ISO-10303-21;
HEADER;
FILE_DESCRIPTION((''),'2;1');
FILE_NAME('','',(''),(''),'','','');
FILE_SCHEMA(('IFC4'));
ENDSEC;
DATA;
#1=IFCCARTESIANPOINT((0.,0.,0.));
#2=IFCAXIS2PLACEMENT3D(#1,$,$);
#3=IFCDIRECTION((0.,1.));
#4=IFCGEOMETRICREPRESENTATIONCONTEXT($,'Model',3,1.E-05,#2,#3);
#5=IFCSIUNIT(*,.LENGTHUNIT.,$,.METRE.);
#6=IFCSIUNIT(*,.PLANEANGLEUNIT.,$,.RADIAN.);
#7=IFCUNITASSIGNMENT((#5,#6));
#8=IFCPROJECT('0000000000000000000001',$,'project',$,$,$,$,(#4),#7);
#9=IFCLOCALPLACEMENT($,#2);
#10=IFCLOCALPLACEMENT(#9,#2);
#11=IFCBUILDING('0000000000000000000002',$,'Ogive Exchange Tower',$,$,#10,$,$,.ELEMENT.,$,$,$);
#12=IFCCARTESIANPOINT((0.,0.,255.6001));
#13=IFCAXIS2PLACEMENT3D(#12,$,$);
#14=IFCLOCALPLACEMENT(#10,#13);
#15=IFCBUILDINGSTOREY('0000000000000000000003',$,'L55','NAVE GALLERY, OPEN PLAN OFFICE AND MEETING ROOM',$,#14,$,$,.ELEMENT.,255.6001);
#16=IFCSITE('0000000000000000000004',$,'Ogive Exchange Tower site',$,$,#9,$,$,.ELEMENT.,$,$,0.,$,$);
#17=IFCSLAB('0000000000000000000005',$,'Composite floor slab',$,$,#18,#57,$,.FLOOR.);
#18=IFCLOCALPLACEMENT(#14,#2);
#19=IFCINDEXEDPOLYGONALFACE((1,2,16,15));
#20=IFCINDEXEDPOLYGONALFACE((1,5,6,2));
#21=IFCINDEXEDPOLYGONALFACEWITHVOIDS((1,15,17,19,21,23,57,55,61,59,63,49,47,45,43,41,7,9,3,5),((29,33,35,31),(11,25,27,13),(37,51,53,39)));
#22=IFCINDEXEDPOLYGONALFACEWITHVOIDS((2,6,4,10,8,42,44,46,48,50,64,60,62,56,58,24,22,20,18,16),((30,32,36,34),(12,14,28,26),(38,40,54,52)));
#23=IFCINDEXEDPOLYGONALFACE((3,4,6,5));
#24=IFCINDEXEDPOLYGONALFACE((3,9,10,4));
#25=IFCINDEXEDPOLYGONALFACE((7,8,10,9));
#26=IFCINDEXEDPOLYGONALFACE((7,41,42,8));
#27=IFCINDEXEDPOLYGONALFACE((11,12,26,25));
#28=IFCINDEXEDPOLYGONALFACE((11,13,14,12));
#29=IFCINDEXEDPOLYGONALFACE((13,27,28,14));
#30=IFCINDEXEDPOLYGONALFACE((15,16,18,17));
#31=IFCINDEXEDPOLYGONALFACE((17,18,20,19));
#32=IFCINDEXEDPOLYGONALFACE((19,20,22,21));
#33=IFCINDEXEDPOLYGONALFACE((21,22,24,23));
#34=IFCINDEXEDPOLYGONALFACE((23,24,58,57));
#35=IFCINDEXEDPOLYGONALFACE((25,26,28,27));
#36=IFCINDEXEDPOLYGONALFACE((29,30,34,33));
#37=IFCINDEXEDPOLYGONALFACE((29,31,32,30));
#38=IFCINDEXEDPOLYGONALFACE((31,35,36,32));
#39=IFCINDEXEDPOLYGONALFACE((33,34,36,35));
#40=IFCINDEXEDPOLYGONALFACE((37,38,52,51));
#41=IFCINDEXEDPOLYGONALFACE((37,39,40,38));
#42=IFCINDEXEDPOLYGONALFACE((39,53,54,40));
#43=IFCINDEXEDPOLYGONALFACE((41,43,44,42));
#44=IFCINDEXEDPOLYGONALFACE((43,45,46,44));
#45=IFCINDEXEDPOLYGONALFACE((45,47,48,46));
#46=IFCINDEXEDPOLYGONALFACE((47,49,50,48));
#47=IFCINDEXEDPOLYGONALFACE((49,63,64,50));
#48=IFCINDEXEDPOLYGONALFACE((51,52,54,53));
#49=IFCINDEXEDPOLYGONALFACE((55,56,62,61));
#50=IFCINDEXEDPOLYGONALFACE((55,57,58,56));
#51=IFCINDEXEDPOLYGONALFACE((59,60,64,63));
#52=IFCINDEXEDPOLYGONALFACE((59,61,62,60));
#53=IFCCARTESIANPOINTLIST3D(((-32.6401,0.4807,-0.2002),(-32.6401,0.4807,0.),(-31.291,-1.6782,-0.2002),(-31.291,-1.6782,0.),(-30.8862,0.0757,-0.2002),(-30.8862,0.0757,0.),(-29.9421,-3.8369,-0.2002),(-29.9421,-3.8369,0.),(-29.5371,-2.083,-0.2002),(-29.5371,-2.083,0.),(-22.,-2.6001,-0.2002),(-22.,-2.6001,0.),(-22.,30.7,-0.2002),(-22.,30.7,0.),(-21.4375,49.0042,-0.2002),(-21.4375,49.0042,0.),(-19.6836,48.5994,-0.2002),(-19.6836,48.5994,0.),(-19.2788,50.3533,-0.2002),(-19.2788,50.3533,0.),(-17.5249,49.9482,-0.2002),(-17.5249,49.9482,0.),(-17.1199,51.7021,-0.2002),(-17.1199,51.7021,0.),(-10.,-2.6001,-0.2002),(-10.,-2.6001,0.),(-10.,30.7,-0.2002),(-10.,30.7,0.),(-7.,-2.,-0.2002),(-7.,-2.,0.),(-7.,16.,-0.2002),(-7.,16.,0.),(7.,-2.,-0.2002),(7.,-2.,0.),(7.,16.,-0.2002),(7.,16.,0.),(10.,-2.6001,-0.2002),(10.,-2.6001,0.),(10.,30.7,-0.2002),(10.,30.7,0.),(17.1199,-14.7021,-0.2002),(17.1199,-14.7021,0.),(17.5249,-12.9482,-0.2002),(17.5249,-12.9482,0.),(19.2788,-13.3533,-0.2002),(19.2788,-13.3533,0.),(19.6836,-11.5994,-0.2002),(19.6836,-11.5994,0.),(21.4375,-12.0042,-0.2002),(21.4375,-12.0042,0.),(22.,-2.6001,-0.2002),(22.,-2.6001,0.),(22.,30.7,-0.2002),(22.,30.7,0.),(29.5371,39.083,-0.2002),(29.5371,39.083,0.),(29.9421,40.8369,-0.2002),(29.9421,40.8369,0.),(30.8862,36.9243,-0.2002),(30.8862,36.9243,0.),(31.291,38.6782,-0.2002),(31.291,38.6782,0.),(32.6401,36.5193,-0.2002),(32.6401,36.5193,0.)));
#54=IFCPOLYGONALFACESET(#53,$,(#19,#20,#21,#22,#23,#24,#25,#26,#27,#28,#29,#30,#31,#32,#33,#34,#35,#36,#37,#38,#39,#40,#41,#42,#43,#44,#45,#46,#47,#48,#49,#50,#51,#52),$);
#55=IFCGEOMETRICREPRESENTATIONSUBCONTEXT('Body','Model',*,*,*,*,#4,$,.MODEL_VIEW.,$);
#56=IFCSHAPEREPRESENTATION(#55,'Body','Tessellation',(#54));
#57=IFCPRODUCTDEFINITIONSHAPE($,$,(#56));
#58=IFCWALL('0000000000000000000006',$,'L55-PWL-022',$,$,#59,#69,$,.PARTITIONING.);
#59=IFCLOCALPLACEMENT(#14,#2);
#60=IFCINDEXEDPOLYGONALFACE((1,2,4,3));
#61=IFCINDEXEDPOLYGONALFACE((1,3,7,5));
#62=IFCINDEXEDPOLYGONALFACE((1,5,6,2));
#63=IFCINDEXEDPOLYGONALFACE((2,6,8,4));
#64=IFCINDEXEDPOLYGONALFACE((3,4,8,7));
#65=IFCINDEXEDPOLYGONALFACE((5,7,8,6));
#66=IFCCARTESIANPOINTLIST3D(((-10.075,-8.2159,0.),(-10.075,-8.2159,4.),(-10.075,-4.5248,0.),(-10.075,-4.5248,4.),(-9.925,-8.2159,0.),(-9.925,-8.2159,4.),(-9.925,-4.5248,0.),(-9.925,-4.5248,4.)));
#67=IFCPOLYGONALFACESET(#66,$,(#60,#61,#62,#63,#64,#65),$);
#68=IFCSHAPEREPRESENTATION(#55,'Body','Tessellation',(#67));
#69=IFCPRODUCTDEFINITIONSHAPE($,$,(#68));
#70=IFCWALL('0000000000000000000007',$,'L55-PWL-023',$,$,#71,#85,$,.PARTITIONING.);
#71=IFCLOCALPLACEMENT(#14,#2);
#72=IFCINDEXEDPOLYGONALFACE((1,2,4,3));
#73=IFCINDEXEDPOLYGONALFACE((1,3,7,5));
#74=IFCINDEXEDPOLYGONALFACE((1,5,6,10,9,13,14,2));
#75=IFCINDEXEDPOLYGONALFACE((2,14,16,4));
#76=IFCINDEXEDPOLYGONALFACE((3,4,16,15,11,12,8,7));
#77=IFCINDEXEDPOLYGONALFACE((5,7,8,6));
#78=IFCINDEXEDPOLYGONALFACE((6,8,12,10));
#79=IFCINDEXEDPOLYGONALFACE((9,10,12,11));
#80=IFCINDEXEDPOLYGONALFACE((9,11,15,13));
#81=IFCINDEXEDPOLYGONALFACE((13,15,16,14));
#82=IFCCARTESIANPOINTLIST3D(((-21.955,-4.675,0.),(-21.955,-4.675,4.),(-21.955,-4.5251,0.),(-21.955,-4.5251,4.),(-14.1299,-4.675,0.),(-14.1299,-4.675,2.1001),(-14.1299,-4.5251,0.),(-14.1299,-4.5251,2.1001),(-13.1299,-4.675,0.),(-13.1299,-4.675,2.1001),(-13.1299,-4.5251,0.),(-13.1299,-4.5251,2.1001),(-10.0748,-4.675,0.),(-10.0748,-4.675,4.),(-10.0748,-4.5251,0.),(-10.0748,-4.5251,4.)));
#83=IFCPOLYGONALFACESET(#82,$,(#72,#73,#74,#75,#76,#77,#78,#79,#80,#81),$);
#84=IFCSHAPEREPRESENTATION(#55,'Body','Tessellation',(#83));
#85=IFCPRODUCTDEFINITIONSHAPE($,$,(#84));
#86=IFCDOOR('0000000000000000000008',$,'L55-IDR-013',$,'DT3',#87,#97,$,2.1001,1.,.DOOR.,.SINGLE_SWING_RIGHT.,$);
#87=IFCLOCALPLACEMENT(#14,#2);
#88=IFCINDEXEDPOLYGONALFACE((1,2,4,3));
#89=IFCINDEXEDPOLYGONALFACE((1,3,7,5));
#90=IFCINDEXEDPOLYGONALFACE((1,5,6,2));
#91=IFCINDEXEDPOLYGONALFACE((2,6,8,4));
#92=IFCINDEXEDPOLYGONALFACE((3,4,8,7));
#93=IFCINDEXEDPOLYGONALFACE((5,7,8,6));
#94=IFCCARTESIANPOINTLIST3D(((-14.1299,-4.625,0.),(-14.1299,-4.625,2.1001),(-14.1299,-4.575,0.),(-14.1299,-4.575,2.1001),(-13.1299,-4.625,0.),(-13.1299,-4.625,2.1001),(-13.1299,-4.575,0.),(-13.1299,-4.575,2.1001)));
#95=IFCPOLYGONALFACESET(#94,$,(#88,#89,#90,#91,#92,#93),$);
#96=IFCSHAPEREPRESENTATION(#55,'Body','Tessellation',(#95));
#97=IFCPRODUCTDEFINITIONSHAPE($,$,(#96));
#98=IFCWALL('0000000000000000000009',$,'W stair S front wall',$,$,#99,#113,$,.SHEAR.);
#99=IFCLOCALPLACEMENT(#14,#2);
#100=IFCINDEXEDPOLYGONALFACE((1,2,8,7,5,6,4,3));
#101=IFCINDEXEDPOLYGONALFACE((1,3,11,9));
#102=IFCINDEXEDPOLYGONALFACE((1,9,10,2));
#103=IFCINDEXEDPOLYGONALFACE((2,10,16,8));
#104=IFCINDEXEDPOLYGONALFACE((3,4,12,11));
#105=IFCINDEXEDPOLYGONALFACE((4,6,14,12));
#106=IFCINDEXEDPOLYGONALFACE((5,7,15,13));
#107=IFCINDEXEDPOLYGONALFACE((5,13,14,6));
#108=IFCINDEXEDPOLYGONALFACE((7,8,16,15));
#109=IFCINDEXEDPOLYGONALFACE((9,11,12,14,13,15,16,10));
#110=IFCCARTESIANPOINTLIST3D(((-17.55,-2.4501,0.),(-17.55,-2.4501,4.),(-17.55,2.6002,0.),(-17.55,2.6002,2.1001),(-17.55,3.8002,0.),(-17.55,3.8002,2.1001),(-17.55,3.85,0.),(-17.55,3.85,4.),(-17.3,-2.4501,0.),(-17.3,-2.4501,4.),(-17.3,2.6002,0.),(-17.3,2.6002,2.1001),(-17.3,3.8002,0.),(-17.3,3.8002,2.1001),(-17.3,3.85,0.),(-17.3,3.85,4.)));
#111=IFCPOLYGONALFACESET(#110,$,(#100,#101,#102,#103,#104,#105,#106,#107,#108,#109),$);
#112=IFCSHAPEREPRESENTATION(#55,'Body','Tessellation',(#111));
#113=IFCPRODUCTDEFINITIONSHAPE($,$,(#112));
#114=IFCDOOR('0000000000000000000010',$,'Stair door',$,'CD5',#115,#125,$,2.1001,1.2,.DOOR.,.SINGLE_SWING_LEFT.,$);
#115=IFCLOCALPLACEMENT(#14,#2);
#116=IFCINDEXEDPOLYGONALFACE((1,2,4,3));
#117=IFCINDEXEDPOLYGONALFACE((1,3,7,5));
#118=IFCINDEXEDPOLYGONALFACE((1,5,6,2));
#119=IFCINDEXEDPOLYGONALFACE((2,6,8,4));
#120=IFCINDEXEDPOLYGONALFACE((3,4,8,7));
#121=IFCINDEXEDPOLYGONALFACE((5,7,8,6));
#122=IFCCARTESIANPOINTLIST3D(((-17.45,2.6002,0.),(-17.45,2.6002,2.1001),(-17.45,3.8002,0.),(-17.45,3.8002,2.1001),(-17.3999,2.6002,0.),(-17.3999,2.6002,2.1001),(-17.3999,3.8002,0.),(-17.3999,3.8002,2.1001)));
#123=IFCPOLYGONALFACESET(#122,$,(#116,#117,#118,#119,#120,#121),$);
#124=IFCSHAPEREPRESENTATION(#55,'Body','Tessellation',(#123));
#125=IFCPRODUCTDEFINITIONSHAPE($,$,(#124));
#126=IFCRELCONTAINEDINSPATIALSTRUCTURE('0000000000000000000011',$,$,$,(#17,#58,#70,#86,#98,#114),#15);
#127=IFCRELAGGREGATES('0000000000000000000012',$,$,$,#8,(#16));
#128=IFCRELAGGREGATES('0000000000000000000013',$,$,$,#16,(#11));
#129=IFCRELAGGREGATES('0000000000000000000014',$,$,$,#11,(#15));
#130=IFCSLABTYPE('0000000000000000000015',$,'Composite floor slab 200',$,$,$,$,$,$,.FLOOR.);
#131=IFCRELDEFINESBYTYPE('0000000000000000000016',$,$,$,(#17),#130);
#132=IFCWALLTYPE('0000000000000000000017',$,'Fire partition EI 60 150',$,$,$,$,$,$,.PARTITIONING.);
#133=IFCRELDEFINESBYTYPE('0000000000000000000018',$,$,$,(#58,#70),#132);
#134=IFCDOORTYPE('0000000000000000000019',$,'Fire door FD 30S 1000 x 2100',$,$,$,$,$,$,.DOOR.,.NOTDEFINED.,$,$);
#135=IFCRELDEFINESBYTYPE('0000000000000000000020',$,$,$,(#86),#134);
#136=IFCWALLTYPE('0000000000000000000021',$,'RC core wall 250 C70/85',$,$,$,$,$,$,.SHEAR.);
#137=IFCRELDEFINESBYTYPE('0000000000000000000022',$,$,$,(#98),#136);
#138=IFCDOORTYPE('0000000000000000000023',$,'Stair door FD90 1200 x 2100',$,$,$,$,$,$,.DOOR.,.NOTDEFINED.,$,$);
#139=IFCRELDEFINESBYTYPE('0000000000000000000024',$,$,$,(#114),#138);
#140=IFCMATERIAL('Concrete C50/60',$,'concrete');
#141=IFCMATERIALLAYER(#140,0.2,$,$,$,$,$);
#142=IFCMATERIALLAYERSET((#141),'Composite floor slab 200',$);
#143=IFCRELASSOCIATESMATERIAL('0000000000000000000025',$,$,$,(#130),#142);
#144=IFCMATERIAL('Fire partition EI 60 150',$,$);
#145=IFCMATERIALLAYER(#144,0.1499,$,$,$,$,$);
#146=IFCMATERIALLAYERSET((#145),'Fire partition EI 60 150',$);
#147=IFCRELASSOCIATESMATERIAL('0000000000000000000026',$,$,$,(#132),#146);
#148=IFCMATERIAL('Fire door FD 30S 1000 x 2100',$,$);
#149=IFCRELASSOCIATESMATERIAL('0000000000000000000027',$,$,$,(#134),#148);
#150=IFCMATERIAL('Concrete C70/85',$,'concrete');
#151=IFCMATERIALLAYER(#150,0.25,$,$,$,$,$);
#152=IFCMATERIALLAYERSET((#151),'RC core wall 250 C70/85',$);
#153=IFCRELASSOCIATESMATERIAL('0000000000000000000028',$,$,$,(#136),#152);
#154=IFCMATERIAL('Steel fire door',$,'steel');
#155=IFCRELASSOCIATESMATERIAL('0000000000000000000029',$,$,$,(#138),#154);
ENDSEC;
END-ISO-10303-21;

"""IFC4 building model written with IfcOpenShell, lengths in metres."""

from ifc_helpers import new_model, si_unit, direction, frame, frame_2d, origin, place, context, subcontext, project, spatial, polyline, rectangle, outline, extrude, material, layer, layer_set, type_object, element, fill, save


model = new_model("IFC4")

# Units and contexts
model_context = context("Model", 3, precision=1e-05, world=origin(), true_north=direction((0.0, 1.0)))
body_context = subcontext(model_context, "Body", "Model", "MODEL_VIEW")
ifc_project = project(units=[si_unit("LENGTHUNIT", "METRE"), si_unit("PLANEANGLEUNIT", "RADIAN")], contexts=[model_context])

# Site, building, storey
site_placement = place(None, origin())
site = spatial("IfcSite", under=ifc_project, at=site_placement, Name="Ogive Exchange Tower site", CompositionType="ELEMENT", RefElevation=0.0)
building_placement = place(site_placement, origin())
building = spatial("IfcBuilding", under=site, at=building_placement, Name="Ogive Exchange Tower", CompositionType="ELEMENT")
storey_placement = place(building_placement, frame((0.0, 0.0, 255.6001)))
storey = spatial("IfcBuildingStorey", under=building, at=storey_placement, Name="L55", Description="NAVE GALLERY, OPEN PLAN OFFICE AND MEETING ROOM", CompositionType="ELEMENT", Elevation=255.6001)

# Slab
ifc_material_1 = material(Name="Concrete C50/60", Category="concrete")
ifc_layer_1 = layer(ifc_material_1, 0.2)
ifc_layer_set_1 = layer_set([ifc_layer_1], Name="Composite floor slab 200")
slab_type = type_object("IfcSlabType", Name="Composite floor slab 200", PredefinedType="FLOOR", material=ifc_layer_set_1)
slab_placement = place(storey_placement, frame((0.0, 0.0, -0.2002)))
element("IfcSlab", 1, at=slab_placement, inside=storey, type_object=slab_type, Name="Composite floor slab", PredefinedType="FLOOR", context=body_context, shape_type="SweptSolid", body=[
    extrude(outline(polyline([(-29.5371, -2.083), (-31.291, -1.6782), (-30.8862, 0.0757), (-32.6401, 0.4807), (-21.4375, 49.0042), (-19.6836, 48.5994), (-19.2788, 50.3533), (-17.5249, 49.9482), (-17.1199, 51.7021), (29.9421, 40.8369), (29.5371, 39.083), (31.291, 38.6782), (30.8862, 36.9243), (32.6401, 36.5193), (21.4375, -12.0042), (19.6836, -11.5994), (19.2788, -13.3533), (17.5249, -12.9482), (17.1199, -14.7021), (-29.9421, -3.8369), (-29.5371, -2.083)]), holes=[polyline([(7.0, -2.0), (7.0, 16.0), (-7.0, 16.0), (-7.0, -2.0), (7.0, -2.0)]), polyline([(-22.0, -2.6001), (-10.0, -2.6001), (-10.0, 30.7), (-22.0, 30.7), (-22.0, -2.6001)]), polyline([(10.0, -2.6001), (22.0, -2.6001), (22.0, 30.7), (10.0, 30.7), (10.0, -2.6001)])]), origin(), (0.0, 0.0, 1.0), 0.2002),
])

# Wall
ifc_material_2 = material(Name="Fire partition EI 60 150")
ifc_layer_2 = layer(ifc_material_2, 0.1499)
ifc_layer_set_2 = layer_set([ifc_layer_2], Name="Fire partition EI 60 150")
wall_type_1 = type_object("IfcWallType", Name="Fire partition EI 60 150", PredefinedType="PARTITIONING", material=ifc_layer_set_2)
wall_1_placement = place(storey_placement, frame((-10.0, -8.2161, 0.0), z_axis=(0.0, 0.0, 1.0), x_axis=(0.0, 1.0, 0.0)))
element("IfcWall", 2, at=wall_1_placement, inside=storey, type_object=wall_type_1, Name="L55-PWL-022", PredefinedType="PARTITIONING", context=body_context, shape_type="SweptSolid", body=[
    extrude(rectangle(XDim=3.6912, YDim=0.1499, at=frame_2d((1.8457, 0.0))), origin(), (0.0, 0.0, 1.0), 4.0),
])

# Walls, openings, doors
wall_2_placement = place(storey_placement, frame((-10.075, -4.6001, 0.0), z_axis=(0.0, 0.0, 1.0), x_axis=(-1.0, 0.0, 0.0)))
wall_2 = element("IfcWall", 3, at=wall_2_placement, inside=storey, type_object=wall_type_1, Name="L55-PWL-023", PredefinedType="PARTITIONING", context=body_context, shape_type="SweptSolid", body=[
    extrude(rectangle(XDim=11.8801, YDim=0.1499, at=frame_2d((5.9399, 0.0))), origin(), (0.0, 0.0, 1.0), 4.0),
])
opening_1_placement = place(wall_2_placement, frame((3.0549, 0.0, 0.0)))
opening_1 = element("IfcOpeningElement", 4, at=opening_1_placement, cuts=wall_2, PredefinedType="OPENING", context=body_context, shape_type="SweptSolid", body=[
    extrude(rectangle(XDim=1.0, YDim=2.1001, at=frame_2d((0.5, 1.05))), frame((0.0, 0.085, 0.0), z_axis=(0.0, -1.0, 0.0), x_axis=(1.0, 0.0, 0.0)), (0.0, 0.0, 1.0), 0.1699),
])
ifc_material_3 = material(Name="Fire door FD 30S 1000 x 2100")
door_type_1 = type_object("IfcDoorType", Name="Fire door FD 30S 1000 x 2100", OperationType="NOTDEFINED", PredefinedType="DOOR", material=ifc_material_3)
door_1_placement = place(opening_1_placement, origin())
door_1 = element("IfcDoor", 5, at=door_1_placement, inside=storey, type_object=door_type_1, Name="L55-IDR-013", ObjectType="DT3", OperationType="SINGLE_SWING_RIGHT", OverallHeight=2.1001, OverallWidth=1.0, PredefinedType="DOOR", context=body_context, shape_type="SweptSolid", body=[
    extrude(rectangle(XDim=1.0, YDim=2.1001, at=frame_2d((0.5, 1.05))), frame((0.0, 0.0249, 0.0), z_axis=(0.0, -1.0, 0.0), x_axis=(1.0, 0.0, 0.0)), (0.0, 0.0, 1.0), 0.05),
])
fill(opening_1, door_1)
ifc_material_4 = material(Name="Concrete C70/85", Category="concrete")
ifc_layer_3 = layer(ifc_material_4, 0.25)
ifc_layer_set_3 = layer_set([ifc_layer_3], Name="RC core wall 250 C70/85")
wall_type_2 = type_object("IfcWallType", Name="RC core wall 250 C70/85", PredefinedType="SHEAR", material=ifc_layer_set_3)
wall_3_placement = place(storey_placement, frame((-17.425, -2.45, 0.0), z_axis=(0.0, 0.0, 1.0), x_axis=(0.0, 1.0, 0.0)))
wall_3 = element("IfcWall", 6, at=wall_3_placement, inside=storey, type_object=wall_type_2, Name="W stair S front wall", PredefinedType="SHEAR", context=body_context, shape_type="SweptSolid", body=[
    extrude(rectangle(XDim=6.3, YDim=0.25, at=frame_2d((3.1499, 0.0))), origin(), (0.0, 0.0, 1.0), 4.0),
])
opening_2_placement = place(wall_3_placement, frame((5.05, 0.0, 0.0)))
opening_2 = element("IfcOpeningElement", 7, at=opening_2_placement, cuts=wall_3, PredefinedType="OPENING", context=body_context, shape_type="SweptSolid", body=[
    extrude(rectangle(XDim=1.2, YDim=2.1001, at=frame_2d((0.6001, 1.05))), frame((0.0, 0.135, 0.0), z_axis=(0.0, -1.0, 0.0), x_axis=(1.0, 0.0, 0.0)), (0.0, 0.0, 1.0), 0.27),
])
ifc_material_5 = material(Name="Steel fire door", Category="steel")
door_type_2 = type_object("IfcDoorType", Name="Stair door FD90 1200 x 2100", OperationType="NOTDEFINED", PredefinedType="DOOR", material=ifc_material_5)
door_2_placement = place(opening_2_placement, origin())
door_2 = element("IfcDoor", 8, at=door_2_placement, inside=storey, type_object=door_type_2, Name="Stair door", ObjectType="CD5", OperationType="SINGLE_SWING_LEFT", OverallHeight=2.1001, OverallWidth=1.2, PredefinedType="DOOR", context=body_context, shape_type="SweptSolid", body=[
    extrude(rectangle(XDim=1.2, YDim=2.1001, at=frame_2d((0.6001, 1.05))), frame((0.0, 0.0249, 0.0), z_axis=(0.0, -1.0, 0.0), x_axis=(1.0, 0.0, 0.0)), (0.0, 0.0, 1.0), 0.05),
])
fill(opening_2, door_2)

save(model, "model.ifc")
